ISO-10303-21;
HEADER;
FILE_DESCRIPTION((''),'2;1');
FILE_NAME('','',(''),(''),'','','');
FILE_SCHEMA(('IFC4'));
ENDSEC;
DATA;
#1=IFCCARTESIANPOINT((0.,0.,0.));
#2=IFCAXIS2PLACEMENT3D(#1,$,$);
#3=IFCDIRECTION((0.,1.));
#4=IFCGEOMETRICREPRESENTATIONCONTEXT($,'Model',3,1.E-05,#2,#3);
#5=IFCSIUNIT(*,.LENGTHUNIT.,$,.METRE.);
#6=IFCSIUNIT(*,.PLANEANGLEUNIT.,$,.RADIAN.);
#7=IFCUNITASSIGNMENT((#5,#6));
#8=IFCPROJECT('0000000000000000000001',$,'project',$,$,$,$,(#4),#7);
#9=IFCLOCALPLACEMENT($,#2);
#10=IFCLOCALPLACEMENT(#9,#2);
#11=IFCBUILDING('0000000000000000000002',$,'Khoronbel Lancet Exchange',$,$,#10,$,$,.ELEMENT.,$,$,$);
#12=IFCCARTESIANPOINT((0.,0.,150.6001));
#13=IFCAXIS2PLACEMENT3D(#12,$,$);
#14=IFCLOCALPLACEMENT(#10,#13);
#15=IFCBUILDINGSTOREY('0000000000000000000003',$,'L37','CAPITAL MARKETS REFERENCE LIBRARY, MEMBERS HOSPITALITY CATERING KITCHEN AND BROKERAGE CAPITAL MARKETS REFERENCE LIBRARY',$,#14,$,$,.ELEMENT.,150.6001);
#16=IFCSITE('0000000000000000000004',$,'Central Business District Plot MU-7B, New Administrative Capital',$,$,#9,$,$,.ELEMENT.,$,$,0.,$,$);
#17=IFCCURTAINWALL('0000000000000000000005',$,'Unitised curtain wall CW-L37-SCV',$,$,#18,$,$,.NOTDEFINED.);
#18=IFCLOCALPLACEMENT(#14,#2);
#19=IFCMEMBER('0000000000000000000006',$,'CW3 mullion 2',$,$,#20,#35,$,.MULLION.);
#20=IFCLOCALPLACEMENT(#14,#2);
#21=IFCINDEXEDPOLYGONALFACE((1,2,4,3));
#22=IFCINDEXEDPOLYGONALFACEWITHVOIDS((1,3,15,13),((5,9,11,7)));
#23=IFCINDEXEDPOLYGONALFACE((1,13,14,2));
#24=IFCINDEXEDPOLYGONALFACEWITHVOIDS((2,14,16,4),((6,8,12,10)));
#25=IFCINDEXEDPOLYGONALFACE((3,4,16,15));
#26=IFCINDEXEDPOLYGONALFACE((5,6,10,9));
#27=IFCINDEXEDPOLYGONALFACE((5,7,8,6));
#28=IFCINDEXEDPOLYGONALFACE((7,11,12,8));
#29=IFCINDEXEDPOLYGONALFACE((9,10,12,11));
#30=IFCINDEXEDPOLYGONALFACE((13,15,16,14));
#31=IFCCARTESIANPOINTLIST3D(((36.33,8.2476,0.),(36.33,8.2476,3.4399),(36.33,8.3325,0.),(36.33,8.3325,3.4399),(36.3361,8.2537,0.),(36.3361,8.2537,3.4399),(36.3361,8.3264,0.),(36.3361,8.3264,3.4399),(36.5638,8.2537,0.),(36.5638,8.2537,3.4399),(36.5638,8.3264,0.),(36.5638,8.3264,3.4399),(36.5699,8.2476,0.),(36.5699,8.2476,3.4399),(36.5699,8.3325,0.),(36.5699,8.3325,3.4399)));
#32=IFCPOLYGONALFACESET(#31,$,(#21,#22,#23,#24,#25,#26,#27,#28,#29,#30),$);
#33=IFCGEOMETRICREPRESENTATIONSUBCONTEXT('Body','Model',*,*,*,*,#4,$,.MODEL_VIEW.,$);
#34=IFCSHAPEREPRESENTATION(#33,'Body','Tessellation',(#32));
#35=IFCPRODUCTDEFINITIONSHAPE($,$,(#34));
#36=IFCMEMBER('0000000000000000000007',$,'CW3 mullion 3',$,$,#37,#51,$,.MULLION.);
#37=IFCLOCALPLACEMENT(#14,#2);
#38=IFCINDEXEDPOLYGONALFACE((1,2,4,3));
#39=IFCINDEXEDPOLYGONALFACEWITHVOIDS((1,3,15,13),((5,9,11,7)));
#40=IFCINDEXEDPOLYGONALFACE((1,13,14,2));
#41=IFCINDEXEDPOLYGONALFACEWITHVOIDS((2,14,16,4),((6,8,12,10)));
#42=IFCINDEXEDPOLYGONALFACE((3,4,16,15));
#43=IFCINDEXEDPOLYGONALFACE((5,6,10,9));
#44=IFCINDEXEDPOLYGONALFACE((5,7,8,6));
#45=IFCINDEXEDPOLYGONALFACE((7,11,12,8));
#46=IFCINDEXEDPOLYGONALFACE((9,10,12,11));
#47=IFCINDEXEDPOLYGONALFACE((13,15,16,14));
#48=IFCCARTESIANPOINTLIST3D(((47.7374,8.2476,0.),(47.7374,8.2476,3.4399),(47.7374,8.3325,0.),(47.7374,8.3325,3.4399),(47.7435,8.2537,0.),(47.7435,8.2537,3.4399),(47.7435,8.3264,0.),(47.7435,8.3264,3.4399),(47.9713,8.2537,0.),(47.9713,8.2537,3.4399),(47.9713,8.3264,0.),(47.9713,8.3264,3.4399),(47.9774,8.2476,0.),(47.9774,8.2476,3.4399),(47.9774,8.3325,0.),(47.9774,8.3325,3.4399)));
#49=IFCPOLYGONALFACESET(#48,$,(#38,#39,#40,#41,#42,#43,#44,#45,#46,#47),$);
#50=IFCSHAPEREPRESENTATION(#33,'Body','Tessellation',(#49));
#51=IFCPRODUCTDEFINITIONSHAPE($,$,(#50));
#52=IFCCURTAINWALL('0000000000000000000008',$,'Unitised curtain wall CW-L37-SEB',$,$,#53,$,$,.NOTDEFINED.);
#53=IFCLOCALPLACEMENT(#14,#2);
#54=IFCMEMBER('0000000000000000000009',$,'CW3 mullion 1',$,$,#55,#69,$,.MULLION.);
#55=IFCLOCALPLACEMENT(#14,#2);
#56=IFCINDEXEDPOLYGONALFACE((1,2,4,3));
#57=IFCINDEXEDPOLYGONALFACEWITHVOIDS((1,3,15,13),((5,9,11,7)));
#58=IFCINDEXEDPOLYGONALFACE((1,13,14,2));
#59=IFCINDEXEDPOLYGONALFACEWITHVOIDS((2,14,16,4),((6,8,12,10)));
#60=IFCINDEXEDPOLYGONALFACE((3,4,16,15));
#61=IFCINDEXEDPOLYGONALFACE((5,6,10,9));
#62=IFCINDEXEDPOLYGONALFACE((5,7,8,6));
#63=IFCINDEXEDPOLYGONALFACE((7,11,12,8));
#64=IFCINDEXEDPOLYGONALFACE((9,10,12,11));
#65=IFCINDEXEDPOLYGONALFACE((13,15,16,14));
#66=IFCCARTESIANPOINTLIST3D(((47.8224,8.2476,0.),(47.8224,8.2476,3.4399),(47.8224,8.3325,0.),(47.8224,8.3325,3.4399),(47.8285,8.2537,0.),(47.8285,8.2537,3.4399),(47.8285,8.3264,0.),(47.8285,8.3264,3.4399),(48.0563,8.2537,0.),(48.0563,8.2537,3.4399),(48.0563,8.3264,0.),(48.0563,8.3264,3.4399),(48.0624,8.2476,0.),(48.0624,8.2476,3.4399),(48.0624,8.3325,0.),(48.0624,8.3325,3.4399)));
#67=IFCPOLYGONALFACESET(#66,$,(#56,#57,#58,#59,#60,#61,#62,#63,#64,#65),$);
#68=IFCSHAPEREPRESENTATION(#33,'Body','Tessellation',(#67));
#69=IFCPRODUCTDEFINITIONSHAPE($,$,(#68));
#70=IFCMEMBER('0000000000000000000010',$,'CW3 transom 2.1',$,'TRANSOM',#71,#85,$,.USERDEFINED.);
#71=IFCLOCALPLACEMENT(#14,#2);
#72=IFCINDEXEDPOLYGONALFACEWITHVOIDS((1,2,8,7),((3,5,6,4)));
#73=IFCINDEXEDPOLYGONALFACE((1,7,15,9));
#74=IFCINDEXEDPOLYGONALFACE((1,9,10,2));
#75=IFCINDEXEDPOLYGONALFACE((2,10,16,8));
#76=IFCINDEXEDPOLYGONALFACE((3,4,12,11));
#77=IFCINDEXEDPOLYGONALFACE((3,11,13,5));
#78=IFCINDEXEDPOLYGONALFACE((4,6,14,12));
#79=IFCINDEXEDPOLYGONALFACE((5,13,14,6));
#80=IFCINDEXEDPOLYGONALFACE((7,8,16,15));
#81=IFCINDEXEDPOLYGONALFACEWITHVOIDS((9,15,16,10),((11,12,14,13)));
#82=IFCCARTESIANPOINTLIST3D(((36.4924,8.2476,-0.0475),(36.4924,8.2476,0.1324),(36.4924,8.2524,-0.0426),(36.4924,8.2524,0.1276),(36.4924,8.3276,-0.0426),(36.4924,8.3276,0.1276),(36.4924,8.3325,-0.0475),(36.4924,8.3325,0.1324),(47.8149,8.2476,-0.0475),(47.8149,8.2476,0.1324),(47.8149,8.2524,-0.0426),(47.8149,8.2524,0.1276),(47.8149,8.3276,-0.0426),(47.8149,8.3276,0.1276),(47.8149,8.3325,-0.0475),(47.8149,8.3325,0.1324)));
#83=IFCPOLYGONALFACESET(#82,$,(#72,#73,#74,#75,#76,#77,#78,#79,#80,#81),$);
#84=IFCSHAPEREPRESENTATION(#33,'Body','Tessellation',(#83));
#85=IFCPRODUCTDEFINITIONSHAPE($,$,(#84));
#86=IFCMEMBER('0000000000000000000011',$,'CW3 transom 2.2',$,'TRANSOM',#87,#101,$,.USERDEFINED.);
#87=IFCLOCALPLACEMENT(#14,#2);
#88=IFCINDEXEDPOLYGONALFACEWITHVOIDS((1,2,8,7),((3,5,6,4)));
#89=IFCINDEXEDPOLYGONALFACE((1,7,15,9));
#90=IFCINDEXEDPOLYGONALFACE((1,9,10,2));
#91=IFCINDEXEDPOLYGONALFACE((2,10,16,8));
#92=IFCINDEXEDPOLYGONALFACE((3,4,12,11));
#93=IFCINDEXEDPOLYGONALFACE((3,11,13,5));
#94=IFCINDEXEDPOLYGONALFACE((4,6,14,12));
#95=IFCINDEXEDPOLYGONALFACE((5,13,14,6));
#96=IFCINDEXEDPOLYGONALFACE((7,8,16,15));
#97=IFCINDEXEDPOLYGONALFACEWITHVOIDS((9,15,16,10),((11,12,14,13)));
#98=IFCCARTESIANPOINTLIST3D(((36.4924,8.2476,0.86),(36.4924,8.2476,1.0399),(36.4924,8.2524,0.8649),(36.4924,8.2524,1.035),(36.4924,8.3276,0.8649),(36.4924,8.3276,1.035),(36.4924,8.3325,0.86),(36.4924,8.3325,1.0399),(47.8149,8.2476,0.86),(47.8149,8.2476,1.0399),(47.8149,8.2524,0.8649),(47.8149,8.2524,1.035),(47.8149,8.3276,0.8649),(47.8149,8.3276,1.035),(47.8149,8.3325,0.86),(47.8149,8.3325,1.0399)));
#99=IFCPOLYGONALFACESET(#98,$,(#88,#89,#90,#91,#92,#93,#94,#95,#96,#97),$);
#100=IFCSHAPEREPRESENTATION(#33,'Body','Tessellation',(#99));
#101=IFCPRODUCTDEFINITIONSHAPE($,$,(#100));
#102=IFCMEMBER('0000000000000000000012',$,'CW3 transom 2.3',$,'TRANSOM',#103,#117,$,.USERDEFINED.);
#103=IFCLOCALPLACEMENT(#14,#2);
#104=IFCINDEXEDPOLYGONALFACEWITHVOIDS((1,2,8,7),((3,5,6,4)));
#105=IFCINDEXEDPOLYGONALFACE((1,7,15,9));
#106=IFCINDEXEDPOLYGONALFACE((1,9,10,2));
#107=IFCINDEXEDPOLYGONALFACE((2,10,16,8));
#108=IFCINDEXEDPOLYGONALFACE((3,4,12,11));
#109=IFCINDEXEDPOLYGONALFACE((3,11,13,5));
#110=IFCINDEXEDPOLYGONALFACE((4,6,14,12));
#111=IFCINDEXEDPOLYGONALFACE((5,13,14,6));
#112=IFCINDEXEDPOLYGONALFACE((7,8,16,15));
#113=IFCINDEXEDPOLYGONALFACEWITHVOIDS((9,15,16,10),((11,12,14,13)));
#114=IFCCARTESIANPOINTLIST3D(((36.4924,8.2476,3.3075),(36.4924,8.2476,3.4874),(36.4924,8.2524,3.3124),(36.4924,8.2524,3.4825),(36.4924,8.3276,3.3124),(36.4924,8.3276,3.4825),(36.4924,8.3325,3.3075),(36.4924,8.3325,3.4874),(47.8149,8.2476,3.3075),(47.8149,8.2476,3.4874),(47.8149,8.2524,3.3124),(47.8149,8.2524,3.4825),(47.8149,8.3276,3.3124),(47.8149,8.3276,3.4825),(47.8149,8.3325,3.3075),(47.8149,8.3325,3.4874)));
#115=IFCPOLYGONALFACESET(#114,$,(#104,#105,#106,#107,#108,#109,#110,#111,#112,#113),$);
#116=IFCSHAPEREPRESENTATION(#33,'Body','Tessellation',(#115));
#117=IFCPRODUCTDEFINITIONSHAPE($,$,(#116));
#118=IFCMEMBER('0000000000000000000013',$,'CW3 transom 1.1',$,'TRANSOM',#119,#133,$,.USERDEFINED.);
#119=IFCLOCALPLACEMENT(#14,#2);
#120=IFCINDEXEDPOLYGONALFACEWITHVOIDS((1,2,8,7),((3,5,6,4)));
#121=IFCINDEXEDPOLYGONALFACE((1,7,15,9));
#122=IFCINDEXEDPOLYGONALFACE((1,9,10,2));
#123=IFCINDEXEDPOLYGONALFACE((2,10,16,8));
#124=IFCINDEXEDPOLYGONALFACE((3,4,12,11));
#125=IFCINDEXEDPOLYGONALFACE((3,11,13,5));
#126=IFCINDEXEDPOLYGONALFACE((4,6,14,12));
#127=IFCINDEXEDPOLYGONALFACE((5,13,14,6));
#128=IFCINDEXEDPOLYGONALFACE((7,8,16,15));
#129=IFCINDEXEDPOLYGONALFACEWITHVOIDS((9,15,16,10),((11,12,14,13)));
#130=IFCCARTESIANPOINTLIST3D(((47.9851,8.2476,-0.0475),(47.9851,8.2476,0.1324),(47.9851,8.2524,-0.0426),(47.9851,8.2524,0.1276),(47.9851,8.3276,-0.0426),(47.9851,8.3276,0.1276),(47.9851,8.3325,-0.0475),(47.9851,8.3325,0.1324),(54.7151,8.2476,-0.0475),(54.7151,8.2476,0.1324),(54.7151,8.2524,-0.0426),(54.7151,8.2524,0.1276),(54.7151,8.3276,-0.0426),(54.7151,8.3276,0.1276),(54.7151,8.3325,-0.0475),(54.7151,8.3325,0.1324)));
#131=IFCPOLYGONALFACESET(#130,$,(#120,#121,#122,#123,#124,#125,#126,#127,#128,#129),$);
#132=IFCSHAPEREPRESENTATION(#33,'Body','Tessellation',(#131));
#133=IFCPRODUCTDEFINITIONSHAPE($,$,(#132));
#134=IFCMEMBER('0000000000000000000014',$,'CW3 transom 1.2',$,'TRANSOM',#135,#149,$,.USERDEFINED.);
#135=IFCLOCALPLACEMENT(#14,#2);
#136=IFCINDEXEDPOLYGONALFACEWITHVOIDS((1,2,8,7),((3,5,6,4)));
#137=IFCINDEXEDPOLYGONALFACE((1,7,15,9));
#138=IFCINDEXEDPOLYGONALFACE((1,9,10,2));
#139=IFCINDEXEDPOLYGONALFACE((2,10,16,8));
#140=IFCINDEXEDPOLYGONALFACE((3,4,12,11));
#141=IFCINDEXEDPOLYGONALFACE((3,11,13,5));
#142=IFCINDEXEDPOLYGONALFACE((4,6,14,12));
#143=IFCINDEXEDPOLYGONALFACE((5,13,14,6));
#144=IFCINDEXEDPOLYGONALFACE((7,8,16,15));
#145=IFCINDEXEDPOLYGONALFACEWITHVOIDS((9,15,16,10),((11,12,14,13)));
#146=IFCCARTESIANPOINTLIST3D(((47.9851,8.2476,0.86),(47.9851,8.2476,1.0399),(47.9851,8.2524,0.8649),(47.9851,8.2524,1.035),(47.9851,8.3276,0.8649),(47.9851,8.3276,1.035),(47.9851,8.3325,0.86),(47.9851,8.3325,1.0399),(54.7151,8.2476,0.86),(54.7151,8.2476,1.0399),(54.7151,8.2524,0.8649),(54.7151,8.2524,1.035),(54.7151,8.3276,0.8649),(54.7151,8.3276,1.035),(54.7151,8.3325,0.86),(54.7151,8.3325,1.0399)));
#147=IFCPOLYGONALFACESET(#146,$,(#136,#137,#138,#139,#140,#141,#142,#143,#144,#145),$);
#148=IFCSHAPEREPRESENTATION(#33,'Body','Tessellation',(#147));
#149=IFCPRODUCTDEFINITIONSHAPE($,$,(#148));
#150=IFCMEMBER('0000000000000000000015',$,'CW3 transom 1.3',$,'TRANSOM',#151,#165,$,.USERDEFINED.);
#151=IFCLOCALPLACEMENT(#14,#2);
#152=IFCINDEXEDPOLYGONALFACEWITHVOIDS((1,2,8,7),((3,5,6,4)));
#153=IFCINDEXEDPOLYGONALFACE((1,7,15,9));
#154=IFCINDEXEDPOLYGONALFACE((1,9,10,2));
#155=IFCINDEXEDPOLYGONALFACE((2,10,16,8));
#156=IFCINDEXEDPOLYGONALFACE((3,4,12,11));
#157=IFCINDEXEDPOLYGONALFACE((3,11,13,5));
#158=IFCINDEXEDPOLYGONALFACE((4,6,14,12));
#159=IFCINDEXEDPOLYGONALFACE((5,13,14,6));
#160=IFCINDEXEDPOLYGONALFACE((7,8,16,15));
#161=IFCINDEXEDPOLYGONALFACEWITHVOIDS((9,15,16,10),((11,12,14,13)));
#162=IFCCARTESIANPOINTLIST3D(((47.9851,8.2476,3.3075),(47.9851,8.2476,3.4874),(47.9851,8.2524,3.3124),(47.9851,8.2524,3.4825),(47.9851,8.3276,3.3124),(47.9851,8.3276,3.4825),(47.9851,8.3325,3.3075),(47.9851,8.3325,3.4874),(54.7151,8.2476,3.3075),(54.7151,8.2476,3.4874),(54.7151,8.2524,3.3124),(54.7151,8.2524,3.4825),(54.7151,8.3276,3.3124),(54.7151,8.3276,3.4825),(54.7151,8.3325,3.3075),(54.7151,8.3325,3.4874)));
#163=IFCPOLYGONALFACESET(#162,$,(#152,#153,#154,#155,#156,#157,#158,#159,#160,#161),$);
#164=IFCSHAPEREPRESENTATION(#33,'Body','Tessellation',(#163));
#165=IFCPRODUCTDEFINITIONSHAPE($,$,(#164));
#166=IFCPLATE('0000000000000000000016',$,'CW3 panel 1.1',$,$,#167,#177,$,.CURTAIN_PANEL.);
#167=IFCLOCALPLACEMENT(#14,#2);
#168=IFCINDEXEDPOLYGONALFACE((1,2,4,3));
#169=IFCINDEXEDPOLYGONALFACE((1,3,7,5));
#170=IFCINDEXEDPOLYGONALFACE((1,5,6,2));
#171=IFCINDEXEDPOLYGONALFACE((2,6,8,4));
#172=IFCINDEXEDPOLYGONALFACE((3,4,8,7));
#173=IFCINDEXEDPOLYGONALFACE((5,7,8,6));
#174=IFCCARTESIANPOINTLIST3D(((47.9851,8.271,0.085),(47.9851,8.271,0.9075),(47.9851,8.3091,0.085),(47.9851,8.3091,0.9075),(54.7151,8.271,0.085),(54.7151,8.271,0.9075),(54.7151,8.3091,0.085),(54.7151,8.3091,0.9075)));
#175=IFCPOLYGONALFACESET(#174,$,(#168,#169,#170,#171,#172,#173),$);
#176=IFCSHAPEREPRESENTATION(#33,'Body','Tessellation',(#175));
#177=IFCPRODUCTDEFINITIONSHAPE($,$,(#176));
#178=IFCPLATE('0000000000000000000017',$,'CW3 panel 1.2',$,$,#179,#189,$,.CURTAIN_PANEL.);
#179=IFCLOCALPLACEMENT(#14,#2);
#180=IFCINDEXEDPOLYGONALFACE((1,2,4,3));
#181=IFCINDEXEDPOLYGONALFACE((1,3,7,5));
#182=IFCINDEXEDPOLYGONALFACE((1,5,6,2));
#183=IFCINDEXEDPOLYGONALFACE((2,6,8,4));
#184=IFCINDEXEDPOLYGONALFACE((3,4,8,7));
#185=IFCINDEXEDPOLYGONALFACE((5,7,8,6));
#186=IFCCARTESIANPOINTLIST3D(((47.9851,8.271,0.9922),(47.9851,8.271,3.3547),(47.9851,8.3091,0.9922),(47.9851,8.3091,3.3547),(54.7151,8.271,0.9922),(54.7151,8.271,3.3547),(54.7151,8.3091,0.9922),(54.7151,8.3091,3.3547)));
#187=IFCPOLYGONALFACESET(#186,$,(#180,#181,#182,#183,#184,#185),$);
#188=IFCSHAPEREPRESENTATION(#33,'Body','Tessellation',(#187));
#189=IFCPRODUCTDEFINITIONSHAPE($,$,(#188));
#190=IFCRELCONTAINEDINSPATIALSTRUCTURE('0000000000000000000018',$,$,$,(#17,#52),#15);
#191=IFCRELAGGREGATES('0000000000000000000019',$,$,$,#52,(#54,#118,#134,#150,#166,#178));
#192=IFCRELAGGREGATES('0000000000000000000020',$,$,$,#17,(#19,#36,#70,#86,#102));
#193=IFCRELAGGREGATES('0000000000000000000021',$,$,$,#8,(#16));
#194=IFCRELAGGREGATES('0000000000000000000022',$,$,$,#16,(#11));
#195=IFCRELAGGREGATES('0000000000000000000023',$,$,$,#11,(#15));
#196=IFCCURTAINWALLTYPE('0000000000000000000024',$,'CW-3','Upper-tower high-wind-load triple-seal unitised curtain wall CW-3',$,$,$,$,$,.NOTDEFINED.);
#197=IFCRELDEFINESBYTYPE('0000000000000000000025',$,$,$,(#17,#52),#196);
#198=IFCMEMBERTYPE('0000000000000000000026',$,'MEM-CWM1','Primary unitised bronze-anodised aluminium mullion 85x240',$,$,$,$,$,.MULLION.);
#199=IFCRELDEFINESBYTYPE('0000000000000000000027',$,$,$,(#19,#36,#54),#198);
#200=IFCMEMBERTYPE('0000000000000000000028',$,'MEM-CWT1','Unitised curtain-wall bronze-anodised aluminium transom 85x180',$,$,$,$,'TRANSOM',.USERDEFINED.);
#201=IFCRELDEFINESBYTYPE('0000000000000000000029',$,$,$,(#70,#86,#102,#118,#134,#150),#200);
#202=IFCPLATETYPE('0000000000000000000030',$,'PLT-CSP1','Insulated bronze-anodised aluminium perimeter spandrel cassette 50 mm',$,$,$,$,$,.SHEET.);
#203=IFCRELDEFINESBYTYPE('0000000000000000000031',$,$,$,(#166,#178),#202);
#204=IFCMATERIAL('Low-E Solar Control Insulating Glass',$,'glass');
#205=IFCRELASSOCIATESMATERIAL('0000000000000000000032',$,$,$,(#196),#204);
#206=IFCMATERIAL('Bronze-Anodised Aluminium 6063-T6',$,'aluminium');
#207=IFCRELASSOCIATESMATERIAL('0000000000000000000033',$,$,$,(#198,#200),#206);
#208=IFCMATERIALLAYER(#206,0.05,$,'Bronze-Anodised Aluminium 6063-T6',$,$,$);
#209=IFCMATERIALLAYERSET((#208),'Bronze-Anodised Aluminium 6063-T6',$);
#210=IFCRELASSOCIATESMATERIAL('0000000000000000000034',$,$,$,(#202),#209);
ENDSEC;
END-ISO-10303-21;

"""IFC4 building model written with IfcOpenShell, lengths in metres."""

from ifc_helpers import new_model, si_unit, direction, frame, origin, origin_2d, place, context, subcontext, project, spatial, rectangle, hollow_rectangle, extrude, material, layer, layer_set, material_profile, profile_set, type_object, element, aggregate, save


model = new_model("IFC4")

# Units and contexts
model_context = context("Model", 3, precision=1e-05, world=origin(), true_north=direction((0.0, 1.0)))
body_context = subcontext(model_context, "Body", "Model", "MODEL_VIEW")
ifc_project = project(units=[si_unit("LENGTHUNIT", "METRE"), si_unit("PLANEANGLEUNIT", "RADIAN")], contexts=[model_context])

# Site, building, storey
site_placement = place(None, origin())
site = spatial("IfcSite", under=ifc_project, at=site_placement, Name="Central Business District Plot MU-7B, New Administrative Capital", CompositionType="ELEMENT", RefElevation=0.0)
building_placement = place(site_placement, origin())
building = spatial("IfcBuilding", under=site, at=building_placement, Name="Khoronbel Lancet Exchange", CompositionType="ELEMENT")
storey_placement = place(building_placement, frame((0.0, 0.0, 150.6001)))
storey = spatial("IfcBuildingStorey", under=building, at=storey_placement, Name="L37", Description="CAPITAL MARKETS REFERENCE LIBRARY, MEMBERS HOSPITALITY CATERING KITCHEN AND BROKERAGE CAPITAL MARKETS REFERENCE LIBRARY", CompositionType="ELEMENT", Elevation=150.6001)

# Curtain wall, members
ifc_material_1 = material(Name="Low-E Solar Control Insulating Glass", Category="glass")
curtain_wall_type = type_object("IfcCurtainWallType", Name="CW-3", Description="Upper-tower high-wind-load triple-seal unitised curtain wall CW-3", PredefinedType="NOTDEFINED", material=ifc_material_1)
curtain_wall_1_placement = place(storey_placement, origin())
curtain_wall_1 = element("IfcCurtainWall", 1, at=curtain_wall_1_placement, inside=storey, type_object=curtain_wall_type, Name="Unitised curtain wall CW-L37-SCV", PredefinedType="NOTDEFINED")
ifc_material_2 = material(Name="Bronze-Anodised Aluminium 6063-T6", Category="aluminium")
ifc_material_profile_1 = material_profile(ifc_material_2, hollow_rectangle(XDim=0.085, YDim=0.24, WallThickness=0.0061, at=origin_2d()), Name="ALU MULLION 85x240")
ifc_profile_set_1 = profile_set([ifc_material_profile_1], Name="Bronze-Anodised Aluminium 6063-T6")
member_type_1 = type_object("IfcMemberType", Name="MEM-CWM1", Description="Primary unitised bronze-anodised aluminium mullion 85x240", PredefinedType="MULLION", material=ifc_profile_set_1)
member_1_placement = place(storey_placement, frame((36.45, 8.29, 0.0), z_axis=(0.0, 0.0, 1.0), x_axis=(0.0, 1.0, 0.0)))
member_1 = element("IfcMember", 2, at=member_1_placement, type_object=member_type_1, Name="CW3 mullion 2", PredefinedType="MULLION", context=body_context, shape_type="SweptSolid", body=[
    extrude(hollow_rectangle(XDim=0.085, YDim=0.24, WallThickness=0.0061, at=origin_2d()), origin(), (0.0, 0.0, 1.0), 3.4399),
])
member_2_placement = place(storey_placement, frame((47.8574, 8.29, 0.0), z_axis=(0.0, 0.0, 1.0), x_axis=(0.0, 1.0, 0.0)))
member_2 = element("IfcMember", 3, at=member_2_placement, type_object=member_type_1, Name="CW3 mullion 3", PredefinedType="MULLION", context=body_context, shape_type="SweptSolid", body=[
    extrude(hollow_rectangle(XDim=0.085, YDim=0.24, WallThickness=0.0061, at=origin_2d()), origin(), (0.0, 0.0, 1.0), 3.4399),
])

# Curtain wall, member
curtain_wall_2_placement = place(storey_placement, origin())
curtain_wall_2 = element("IfcCurtainWall", 4, at=curtain_wall_2_placement, inside=storey, type_object=curtain_wall_type, Name="Unitised curtain wall CW-L37-SEB", PredefinedType="NOTDEFINED")
member_3_placement = place(storey_placement, frame((47.9424, 8.29, 0.0), z_axis=(0.0, 0.0, 1.0), x_axis=(0.0, 1.0, 0.0)))
member_3 = element("IfcMember", 5, at=member_3_placement, type_object=member_type_1, Name="CW3 mullion 1", PredefinedType="MULLION", context=body_context, shape_type="SweptSolid", body=[
    extrude(hollow_rectangle(XDim=0.085, YDim=0.24, WallThickness=0.0061, at=origin_2d()), origin(), (0.0, 0.0, 1.0), 3.4399),
])

# Members
ifc_material_profile_2 = material_profile(ifc_material_2, hollow_rectangle(XDim=0.085, YDim=0.1799, WallThickness=0.0049, at=origin_2d()), Name="ALU TRANSOM 85x180")
ifc_profile_set_2 = profile_set([ifc_material_profile_2], Name="Bronze-Anodised Aluminium 6063-T6")
member_type_2 = type_object("IfcMemberType", Name="MEM-CWT1", Description="Unitised curtain-wall bronze-anodised aluminium transom 85x180", ElementType="TRANSOM", PredefinedType="USERDEFINED", material=ifc_profile_set_2)
member_4_placement = place(storey_placement, frame((36.4924, 8.29, 0.0425), z_axis=(1.0, 0.0, 0.0), x_axis=(0.0, 1.0, 0.0)))
member_4 = element("IfcMember", 6, at=member_4_placement, type_object=member_type_2, Name="CW3 transom 2.1", ObjectType="TRANSOM", PredefinedType="USERDEFINED", context=body_context, shape_type="SweptSolid", body=[
    extrude(hollow_rectangle(XDim=0.085, YDim=0.1799, WallThickness=0.0049, at=origin_2d()), origin(), (0.0, 0.0, 1.0), 11.3225),
])
member_5_placement = place(storey_placement, frame((36.4924, 8.29, 0.95), z_axis=(1.0, 0.0, 0.0), x_axis=(0.0, 1.0, 0.0)))
member_5 = element("IfcMember", 7, at=member_5_placement, type_object=member_type_2, Name="CW3 transom 2.2", ObjectType="TRANSOM", PredefinedType="USERDEFINED", context=body_context, shape_type="SweptSolid", body=[
    extrude(hollow_rectangle(XDim=0.085, YDim=0.1799, WallThickness=0.0049, at=origin_2d()), origin(), (0.0, 0.0, 1.0), 11.3225),
])
member_6_placement = place(storey_placement, frame((36.4924, 8.29, 3.3975), z_axis=(1.0, 0.0, 0.0), x_axis=(0.0, 1.0, 0.0)))
member_6 = element("IfcMember", 8, at=member_6_placement, type_object=member_type_2, Name="CW3 transom 2.3", ObjectType="TRANSOM", PredefinedType="USERDEFINED", context=body_context, shape_type="SweptSolid", body=[
    extrude(hollow_rectangle(XDim=0.085, YDim=0.1799, WallThickness=0.0049, at=origin_2d()), origin(), (0.0, 0.0, 1.0), 11.3225),
])
member_7_placement = place(storey_placement, frame((47.9851, 8.29, 0.0425), z_axis=(1.0, 0.0, 0.0), x_axis=(0.0, 1.0, 0.0)))
member_7 = element("IfcMember", 9, at=member_7_placement, type_object=member_type_2, Name="CW3 transom 1.1", ObjectType="TRANSOM", PredefinedType="USERDEFINED", context=body_context, shape_type="SweptSolid", body=[
    extrude(hollow_rectangle(XDim=0.085, YDim=0.1799, WallThickness=0.0049, at=origin_2d()), origin(), (0.0, 0.0, 1.0), 6.73),
])
member_8_placement = place(storey_placement, frame((47.9851, 8.29, 0.95), z_axis=(1.0, 0.0, 0.0), x_axis=(0.0, 1.0, 0.0)))
member_8 = element("IfcMember", 10, at=member_8_placement, type_object=member_type_2, Name="CW3 transom 1.2", ObjectType="TRANSOM", PredefinedType="USERDEFINED", context=body_context, shape_type="SweptSolid", body=[
    extrude(hollow_rectangle(XDim=0.085, YDim=0.1799, WallThickness=0.0049, at=origin_2d()), origin(), (0.0, 0.0, 1.0), 6.73),
])
member_9_placement = place(storey_placement, frame((47.9851, 8.29, 3.3975), z_axis=(1.0, 0.0, 0.0), x_axis=(0.0, 1.0, 0.0)))
member_9 = element("IfcMember", 11, at=member_9_placement, type_object=member_type_2, Name="CW3 transom 1.3", ObjectType="TRANSOM", PredefinedType="USERDEFINED", context=body_context, shape_type="SweptSolid", body=[
    extrude(hollow_rectangle(XDim=0.085, YDim=0.1799, WallThickness=0.0049, at=origin_2d()), origin(), (0.0, 0.0, 1.0), 6.73),
])

# Plates
ifc_layer_1 = layer(ifc_material_2, 0.05, Name="Bronze-Anodised Aluminium 6063-T6")
ifc_layer_set_1 = layer_set([ifc_layer_1], Name="Bronze-Anodised Aluminium 6063-T6")
plate_type_1 = type_object("IfcPlateType", Name="PLT-CSP1", Description="Insulated bronze-anodised aluminium perimeter spandrel cassette 50 mm", PredefinedType="SHEET", material=ifc_layer_set_1)
plate_1_placement = place(storey_placement, frame((51.3501, 8.29, 0.085), z_axis=(0.0, 0.0, 1.0), x_axis=(1.0, 0.0, 0.0)))
plate_1 = element("IfcPlate", 12, at=plate_1_placement, type_object=plate_type_1, Name="CW3 panel 1.1", PredefinedType="CURTAIN_PANEL", context=body_context, shape_type="SweptSolid", body=[
    extrude(rectangle(XDim=6.73, YDim=0.0381, at=origin_2d()), origin(), (0.0, 0.0, 1.0), 0.8225),
])
plate_2_placement = place(storey_placement, frame((51.3501, 8.29, 0.9922), z_axis=(0.0, 0.0, 1.0), x_axis=(1.0, 0.0, 0.0)))
plate_2 = element("IfcPlate", 13, at=plate_2_placement, type_object=plate_type_1, Name="CW3 panel 1.2", PredefinedType="CURTAIN_PANEL", context=body_context, shape_type="SweptSolid", body=[
    extrude(rectangle(XDim=6.73, YDim=0.0381, at=origin_2d()), origin(), (0.0, 0.0, 1.0), 2.3625),
])
aggregate(curtain_wall_2, [member_3, member_7, member_8, member_9, plate_1, plate_2])
aggregate(curtain_wall_1, [member_1, member_2, member_4, member_5, member_6])

save(model, "model.ifc")
